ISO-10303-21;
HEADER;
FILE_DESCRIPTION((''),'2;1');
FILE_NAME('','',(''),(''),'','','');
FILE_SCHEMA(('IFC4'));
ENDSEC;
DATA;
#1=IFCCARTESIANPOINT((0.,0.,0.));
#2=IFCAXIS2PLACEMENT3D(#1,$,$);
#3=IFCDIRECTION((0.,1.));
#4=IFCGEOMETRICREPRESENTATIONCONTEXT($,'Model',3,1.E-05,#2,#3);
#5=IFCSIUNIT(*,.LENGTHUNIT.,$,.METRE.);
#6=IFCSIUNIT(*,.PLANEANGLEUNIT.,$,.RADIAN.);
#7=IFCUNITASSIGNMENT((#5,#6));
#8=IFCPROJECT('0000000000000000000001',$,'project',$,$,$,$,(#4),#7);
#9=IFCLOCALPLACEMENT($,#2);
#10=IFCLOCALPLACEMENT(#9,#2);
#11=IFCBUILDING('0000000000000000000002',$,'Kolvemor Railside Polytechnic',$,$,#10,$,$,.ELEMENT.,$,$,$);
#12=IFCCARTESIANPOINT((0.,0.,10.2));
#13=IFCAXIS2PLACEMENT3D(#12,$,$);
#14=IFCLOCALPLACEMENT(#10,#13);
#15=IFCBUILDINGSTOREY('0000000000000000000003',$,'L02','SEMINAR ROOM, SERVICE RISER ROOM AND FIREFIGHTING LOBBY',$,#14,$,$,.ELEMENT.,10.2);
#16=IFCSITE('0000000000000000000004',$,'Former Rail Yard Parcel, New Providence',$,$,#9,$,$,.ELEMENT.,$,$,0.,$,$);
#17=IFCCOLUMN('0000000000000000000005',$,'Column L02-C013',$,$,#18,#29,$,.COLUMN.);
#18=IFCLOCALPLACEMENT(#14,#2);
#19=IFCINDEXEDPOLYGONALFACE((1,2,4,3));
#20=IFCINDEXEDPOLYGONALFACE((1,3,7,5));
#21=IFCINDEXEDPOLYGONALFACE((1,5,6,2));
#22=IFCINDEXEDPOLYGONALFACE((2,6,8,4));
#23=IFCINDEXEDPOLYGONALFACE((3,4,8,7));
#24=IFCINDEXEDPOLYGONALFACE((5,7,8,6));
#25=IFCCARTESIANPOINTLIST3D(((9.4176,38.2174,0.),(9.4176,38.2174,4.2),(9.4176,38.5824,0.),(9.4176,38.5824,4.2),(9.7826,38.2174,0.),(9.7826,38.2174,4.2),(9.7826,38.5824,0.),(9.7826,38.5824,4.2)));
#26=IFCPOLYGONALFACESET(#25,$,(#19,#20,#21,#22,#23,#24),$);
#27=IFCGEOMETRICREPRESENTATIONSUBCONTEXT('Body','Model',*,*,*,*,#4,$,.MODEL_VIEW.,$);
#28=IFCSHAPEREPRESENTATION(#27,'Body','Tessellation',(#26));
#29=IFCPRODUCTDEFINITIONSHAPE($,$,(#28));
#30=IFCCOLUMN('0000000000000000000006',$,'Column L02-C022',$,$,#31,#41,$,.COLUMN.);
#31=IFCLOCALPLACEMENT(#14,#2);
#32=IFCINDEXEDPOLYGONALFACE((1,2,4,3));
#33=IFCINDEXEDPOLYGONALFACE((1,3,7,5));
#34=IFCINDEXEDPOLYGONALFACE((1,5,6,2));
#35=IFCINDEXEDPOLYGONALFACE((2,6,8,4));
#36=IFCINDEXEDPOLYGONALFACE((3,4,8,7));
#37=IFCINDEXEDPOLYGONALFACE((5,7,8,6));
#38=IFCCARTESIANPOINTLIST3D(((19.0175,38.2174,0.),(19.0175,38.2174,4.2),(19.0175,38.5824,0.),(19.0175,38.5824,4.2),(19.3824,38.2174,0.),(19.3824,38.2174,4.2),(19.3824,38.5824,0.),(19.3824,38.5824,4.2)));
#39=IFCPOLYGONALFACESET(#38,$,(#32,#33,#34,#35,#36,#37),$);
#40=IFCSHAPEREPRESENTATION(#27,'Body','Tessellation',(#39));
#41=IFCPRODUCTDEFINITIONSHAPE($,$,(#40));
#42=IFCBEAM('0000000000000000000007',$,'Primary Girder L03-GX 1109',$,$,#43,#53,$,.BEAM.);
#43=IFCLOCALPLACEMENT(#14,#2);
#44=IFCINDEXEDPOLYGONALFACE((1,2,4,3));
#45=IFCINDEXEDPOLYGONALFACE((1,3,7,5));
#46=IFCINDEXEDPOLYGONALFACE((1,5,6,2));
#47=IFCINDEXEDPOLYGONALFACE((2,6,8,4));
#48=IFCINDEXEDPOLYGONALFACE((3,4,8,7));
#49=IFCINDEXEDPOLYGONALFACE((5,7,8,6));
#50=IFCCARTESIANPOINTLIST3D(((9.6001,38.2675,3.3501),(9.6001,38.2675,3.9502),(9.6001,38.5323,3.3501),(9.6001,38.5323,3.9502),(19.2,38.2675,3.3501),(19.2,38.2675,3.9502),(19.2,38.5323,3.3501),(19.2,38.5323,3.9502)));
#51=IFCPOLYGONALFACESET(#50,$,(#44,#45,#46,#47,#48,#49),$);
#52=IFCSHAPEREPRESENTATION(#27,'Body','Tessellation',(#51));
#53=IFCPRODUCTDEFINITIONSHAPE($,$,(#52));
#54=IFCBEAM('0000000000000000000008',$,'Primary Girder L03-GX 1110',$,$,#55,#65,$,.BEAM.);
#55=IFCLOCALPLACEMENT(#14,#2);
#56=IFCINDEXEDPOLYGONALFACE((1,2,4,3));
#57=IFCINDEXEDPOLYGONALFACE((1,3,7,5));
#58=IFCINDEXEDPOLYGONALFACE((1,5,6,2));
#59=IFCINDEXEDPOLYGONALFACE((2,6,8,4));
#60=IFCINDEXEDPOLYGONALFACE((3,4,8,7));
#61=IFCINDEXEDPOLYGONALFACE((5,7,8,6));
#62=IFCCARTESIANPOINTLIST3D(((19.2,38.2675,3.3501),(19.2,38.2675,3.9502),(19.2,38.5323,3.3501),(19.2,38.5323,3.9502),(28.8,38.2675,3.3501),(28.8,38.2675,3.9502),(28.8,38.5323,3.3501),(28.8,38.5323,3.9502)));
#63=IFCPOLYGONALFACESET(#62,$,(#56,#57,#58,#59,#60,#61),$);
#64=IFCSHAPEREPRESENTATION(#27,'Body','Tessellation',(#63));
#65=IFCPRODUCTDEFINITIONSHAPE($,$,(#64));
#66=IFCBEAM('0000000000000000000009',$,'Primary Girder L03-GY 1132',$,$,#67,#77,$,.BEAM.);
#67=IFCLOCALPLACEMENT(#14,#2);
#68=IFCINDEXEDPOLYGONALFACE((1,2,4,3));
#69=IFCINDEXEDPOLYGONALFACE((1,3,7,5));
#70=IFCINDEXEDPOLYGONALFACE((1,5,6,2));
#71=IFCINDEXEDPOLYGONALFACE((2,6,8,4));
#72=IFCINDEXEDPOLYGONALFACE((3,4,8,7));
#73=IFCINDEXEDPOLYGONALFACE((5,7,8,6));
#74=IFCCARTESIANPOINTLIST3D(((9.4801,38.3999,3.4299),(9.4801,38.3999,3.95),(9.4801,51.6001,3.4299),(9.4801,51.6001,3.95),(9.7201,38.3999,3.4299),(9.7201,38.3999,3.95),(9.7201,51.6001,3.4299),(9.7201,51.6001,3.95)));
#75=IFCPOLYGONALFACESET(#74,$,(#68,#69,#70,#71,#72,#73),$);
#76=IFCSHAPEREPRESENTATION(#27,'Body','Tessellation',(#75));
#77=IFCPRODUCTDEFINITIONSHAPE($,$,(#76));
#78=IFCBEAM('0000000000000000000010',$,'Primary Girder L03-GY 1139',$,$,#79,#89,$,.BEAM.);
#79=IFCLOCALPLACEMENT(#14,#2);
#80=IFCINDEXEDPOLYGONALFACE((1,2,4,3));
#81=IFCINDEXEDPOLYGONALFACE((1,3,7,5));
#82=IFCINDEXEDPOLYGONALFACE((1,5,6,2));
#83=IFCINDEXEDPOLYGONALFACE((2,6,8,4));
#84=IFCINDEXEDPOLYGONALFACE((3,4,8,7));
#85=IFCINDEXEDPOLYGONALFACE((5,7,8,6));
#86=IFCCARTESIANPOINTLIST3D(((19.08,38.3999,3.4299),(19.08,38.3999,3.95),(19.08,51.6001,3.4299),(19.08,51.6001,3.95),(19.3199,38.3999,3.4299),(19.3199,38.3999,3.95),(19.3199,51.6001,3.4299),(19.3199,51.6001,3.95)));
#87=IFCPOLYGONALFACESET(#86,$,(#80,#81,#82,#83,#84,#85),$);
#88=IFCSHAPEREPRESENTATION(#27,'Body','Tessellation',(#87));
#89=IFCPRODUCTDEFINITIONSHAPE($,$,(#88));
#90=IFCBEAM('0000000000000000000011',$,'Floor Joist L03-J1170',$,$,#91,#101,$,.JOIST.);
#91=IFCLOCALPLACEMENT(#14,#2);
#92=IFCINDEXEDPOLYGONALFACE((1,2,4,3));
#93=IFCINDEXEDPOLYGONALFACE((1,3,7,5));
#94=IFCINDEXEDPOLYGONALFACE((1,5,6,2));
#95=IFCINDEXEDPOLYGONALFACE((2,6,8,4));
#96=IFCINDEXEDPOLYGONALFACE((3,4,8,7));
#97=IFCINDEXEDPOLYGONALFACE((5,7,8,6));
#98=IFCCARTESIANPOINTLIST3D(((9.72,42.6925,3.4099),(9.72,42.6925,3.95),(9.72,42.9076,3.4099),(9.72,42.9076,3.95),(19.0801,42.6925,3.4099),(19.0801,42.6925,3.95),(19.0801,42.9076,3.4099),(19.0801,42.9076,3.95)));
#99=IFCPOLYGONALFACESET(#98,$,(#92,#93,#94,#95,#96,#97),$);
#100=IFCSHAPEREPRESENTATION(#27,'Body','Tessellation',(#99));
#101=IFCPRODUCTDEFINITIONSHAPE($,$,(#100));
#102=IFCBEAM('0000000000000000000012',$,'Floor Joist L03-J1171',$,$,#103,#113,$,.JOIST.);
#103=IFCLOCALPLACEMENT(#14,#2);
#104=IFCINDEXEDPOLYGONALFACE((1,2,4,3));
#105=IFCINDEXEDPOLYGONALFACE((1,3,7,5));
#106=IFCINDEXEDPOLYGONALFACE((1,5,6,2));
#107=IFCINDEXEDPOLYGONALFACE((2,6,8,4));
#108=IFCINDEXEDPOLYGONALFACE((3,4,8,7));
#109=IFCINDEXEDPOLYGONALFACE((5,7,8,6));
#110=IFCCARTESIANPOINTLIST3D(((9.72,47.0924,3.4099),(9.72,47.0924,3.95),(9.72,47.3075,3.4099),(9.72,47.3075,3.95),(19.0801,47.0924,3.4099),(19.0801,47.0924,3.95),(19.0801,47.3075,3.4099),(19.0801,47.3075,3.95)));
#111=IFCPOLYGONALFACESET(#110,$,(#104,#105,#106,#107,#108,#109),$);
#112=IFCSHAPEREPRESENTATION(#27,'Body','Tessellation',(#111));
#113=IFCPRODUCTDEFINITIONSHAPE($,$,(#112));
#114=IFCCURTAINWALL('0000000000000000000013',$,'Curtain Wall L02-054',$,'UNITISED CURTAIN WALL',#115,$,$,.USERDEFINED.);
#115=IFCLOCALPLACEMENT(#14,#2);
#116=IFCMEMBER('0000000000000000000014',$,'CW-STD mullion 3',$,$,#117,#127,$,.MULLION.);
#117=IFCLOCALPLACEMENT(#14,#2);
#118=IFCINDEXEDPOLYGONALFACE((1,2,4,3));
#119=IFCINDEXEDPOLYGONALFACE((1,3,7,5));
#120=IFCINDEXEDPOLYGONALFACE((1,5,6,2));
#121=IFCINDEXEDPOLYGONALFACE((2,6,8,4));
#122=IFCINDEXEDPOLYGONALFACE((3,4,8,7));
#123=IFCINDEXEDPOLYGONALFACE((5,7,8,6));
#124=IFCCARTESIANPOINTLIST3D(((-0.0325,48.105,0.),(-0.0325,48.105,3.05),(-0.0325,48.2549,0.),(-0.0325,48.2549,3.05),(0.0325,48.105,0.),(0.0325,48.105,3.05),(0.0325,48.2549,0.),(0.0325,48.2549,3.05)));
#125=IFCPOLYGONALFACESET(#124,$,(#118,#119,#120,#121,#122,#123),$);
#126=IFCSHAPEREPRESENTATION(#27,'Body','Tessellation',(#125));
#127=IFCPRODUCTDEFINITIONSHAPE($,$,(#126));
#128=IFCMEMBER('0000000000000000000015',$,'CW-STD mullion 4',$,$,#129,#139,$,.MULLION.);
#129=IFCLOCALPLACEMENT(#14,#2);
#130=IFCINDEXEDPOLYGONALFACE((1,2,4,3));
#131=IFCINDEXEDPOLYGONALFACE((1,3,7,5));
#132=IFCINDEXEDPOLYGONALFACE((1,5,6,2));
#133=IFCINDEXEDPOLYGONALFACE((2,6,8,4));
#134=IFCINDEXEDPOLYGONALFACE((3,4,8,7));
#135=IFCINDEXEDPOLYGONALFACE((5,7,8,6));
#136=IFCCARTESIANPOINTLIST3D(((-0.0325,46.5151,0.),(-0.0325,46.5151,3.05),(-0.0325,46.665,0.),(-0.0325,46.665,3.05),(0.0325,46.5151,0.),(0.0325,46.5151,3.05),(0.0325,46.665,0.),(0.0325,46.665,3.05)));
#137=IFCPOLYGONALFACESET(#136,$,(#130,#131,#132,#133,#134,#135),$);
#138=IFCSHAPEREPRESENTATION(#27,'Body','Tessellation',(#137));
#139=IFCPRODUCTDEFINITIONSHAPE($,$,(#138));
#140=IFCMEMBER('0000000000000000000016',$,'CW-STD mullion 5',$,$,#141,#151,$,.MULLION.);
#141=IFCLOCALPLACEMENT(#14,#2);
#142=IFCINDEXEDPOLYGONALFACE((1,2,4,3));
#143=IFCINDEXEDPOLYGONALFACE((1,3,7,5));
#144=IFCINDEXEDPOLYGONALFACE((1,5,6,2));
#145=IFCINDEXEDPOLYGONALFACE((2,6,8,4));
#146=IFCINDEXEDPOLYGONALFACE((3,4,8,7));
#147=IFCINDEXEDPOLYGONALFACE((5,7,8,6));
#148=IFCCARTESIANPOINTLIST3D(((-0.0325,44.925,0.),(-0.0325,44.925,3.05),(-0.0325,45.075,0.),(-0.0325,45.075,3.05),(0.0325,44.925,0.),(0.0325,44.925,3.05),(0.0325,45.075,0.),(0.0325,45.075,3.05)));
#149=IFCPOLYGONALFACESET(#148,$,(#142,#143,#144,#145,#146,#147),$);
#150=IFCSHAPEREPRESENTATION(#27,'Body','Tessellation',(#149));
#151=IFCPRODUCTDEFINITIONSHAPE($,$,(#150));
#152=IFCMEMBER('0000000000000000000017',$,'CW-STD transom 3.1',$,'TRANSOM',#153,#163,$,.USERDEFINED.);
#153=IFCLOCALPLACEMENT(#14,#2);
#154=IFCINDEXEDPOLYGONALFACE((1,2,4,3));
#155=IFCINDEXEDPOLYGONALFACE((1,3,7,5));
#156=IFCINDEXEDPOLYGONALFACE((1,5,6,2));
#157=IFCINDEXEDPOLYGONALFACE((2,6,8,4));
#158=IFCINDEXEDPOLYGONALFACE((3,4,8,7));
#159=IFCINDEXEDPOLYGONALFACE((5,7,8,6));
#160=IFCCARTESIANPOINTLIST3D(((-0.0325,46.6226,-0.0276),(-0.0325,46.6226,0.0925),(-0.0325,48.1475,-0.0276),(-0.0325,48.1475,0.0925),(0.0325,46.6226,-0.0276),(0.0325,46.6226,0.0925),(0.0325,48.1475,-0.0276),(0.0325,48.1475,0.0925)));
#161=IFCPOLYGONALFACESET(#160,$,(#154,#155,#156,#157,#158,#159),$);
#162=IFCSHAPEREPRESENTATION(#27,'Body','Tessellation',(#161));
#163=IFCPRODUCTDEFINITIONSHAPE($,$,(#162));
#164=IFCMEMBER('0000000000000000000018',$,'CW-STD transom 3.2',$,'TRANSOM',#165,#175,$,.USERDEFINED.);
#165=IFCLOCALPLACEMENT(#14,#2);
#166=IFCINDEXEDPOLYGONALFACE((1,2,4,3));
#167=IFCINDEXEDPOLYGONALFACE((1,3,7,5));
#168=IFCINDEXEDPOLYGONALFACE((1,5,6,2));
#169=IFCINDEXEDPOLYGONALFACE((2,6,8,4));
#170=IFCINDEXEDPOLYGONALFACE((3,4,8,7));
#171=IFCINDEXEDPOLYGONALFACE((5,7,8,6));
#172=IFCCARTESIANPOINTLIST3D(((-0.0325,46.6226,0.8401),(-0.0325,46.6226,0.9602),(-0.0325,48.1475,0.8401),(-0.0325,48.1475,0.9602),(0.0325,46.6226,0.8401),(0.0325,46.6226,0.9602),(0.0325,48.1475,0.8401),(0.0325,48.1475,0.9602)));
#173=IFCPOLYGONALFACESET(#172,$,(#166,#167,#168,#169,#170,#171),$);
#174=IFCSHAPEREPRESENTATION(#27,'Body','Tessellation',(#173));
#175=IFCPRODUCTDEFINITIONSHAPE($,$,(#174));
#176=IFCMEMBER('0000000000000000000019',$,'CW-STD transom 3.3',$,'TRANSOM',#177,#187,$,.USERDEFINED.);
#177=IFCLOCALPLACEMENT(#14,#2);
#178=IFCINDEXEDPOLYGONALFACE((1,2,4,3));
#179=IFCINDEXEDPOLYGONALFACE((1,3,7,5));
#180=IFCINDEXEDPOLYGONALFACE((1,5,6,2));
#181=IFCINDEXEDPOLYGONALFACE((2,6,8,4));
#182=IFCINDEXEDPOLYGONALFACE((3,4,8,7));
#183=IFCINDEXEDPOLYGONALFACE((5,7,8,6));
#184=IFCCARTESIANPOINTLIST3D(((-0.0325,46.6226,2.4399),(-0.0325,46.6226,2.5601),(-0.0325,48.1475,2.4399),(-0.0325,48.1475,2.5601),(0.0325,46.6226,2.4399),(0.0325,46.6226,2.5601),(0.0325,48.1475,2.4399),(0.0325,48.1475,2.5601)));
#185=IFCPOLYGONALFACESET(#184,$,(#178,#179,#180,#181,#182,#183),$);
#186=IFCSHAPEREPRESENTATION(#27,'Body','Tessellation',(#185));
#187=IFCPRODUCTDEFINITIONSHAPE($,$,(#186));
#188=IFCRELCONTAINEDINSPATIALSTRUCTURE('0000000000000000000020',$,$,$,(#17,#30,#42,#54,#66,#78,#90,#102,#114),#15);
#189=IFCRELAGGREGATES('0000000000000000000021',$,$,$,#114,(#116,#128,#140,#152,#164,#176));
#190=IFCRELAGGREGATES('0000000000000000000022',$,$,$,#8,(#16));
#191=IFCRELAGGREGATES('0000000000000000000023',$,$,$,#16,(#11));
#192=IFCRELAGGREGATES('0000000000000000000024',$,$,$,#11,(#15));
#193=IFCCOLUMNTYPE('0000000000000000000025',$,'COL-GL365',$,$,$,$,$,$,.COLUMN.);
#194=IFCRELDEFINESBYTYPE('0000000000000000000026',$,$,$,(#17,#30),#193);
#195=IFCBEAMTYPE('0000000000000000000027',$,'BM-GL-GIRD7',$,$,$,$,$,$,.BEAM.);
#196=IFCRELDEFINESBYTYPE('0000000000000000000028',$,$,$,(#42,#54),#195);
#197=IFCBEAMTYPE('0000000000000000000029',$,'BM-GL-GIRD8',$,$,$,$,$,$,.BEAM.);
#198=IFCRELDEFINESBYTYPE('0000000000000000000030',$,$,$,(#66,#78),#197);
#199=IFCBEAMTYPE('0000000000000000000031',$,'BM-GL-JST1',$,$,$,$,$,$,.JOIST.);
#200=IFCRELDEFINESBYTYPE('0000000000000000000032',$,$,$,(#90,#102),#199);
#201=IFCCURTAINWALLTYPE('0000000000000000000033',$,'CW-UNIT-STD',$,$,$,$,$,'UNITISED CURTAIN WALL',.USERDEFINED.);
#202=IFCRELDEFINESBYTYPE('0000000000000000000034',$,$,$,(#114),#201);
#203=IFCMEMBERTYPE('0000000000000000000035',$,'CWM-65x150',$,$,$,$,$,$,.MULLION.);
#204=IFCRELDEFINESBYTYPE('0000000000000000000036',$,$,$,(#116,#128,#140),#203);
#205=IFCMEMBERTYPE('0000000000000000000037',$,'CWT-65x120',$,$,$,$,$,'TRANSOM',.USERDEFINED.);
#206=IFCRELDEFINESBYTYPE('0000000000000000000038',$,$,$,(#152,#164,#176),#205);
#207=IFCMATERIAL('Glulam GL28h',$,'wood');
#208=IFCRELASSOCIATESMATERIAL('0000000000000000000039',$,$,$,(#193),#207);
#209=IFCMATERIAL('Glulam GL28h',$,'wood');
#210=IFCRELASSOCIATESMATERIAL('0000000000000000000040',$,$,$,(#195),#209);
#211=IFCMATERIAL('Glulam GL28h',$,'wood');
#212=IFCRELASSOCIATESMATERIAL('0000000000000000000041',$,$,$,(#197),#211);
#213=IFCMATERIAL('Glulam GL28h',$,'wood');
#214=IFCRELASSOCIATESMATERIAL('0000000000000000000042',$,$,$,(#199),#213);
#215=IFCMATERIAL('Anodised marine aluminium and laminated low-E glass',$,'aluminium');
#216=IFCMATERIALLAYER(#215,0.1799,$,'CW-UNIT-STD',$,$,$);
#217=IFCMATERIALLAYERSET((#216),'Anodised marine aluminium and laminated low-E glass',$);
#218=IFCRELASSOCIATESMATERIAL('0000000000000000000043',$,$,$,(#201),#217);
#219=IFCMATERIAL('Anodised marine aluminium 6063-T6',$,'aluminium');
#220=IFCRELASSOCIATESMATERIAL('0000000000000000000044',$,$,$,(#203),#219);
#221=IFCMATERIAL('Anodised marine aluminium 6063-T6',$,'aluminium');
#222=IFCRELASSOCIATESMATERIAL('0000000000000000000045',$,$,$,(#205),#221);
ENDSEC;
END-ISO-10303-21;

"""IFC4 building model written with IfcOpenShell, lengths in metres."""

from ifc_helpers import new_model, si_unit, direction, frame, origin, origin_2d, place, context, subcontext, project, spatial, rectangle, extrude, material, layer, layer_set, material_profile, profile_set, type_object, element, aggregate, save


model = new_model("IFC4")

# Units and contexts
model_context = context("Model", 3, precision=1e-05, world=origin(), true_north=direction((0.0, 1.0)))
body_context = subcontext(model_context, "Body", "Model", "MODEL_VIEW")
ifc_project = project(units=[si_unit("LENGTHUNIT", "METRE"), si_unit("PLANEANGLEUNIT", "RADIAN")], contexts=[model_context])

# Site, building, storey
site_placement = place(None, origin())
site = spatial("IfcSite", under=ifc_project, at=site_placement, Name="Former Rail Yard Parcel, New Providence", CompositionType="ELEMENT", RefElevation=0.0)
building_placement = place(site_placement, origin())
building = spatial("IfcBuilding", under=site, at=building_placement, Name="Kolvemor Railside Polytechnic", CompositionType="ELEMENT")
storey_placement = place(building_placement, frame((0.0, 0.0, 10.2)))
storey = spatial("IfcBuildingStorey", under=building, at=storey_placement, Name="L02", Description="SEMINAR ROOM, SERVICE RISER ROOM AND FIREFIGHTING LOBBY", CompositionType="ELEMENT", Elevation=10.2)

# Columns
ifc_material_1 = material(Name="Glulam GL28h", Category="wood")
ifc_material_profile_1 = material_profile(ifc_material_1, rectangle(XDim=0.365, YDim=0.365, at=origin_2d()), Name="GL365x365")
ifc_profile_set_1 = profile_set([ifc_material_profile_1], Name="Glulam GL28h")
column_type = type_object("IfcColumnType", Name="COL-GL365", PredefinedType="COLUMN", material=ifc_profile_set_1)
for number, where, z_axis, x_axis, name in (
    (1, (9.6001, 38.3999, 0.0), (0.0, 0.0, 1.0), (1.0, 0.0, 0.0), "Column L02-C013"),
    (2, (19.2, 38.3999, 0.0), (0.0, 0.0, 1.0), (1.0, 0.0, 0.0), "Column L02-C022"),
):
    element("IfcColumn", number, at=place(storey_placement, frame(where, z_axis=z_axis, x_axis=x_axis)), inside=storey, type_object=column_type, Name=name, PredefinedType="COLUMN", context=body_context, shape_type="SweptSolid", body=[
        extrude(rectangle(XDim=0.365, YDim=0.365, at=origin_2d()), origin(), (0.0, 0.0, 1.0), 4.2),
    ])

# Beams
ifc_material_2 = material(Name="Glulam GL28h", Category="wood")
ifc_material_profile_2 = material_profile(ifc_material_2, rectangle(XDim=0.2649, YDim=0.6001, at=origin_2d()), Name="GL265x600")
ifc_profile_set_2 = profile_set([ifc_material_profile_2], Name="Glulam GL28h")
beam_type_1 = type_object("IfcBeamType", Name="BM-GL-GIRD7", PredefinedType="BEAM", material=ifc_profile_set_2)
beam_1_placement = place(storey_placement, frame((9.6001, 38.3999, 3.6501), z_axis=(1.0, 0.0, 0.0), x_axis=(0.0, 1.0, 0.0)))
element("IfcBeam", 3, at=beam_1_placement, inside=storey, type_object=beam_type_1, Name="Primary Girder L03-GX 1109", PredefinedType="BEAM", context=body_context, shape_type="SweptSolid", body=[
    extrude(rectangle(XDim=0.2649, YDim=0.6001, at=origin_2d()), origin(), (0.0, 0.0, 1.0), 9.5999),
])
beam_2_placement = place(storey_placement, frame((19.2, 38.3999, 3.6501), z_axis=(1.0, 0.0, 0.0), x_axis=(0.0, 1.0, 0.0)))
element("IfcBeam", 4, at=beam_2_placement, inside=storey, type_object=beam_type_1, Name="Primary Girder L03-GX 1110", PredefinedType="BEAM", context=body_context, shape_type="SweptSolid", body=[
    extrude(rectangle(XDim=0.2649, YDim=0.6001, at=origin_2d()), origin(), (0.0, 0.0, 1.0), 9.6001),
])
ifc_material_3 = material(Name="Glulam GL28h", Category="wood")
ifc_material_profile_3 = material_profile(ifc_material_3, rectangle(XDim=0.24, YDim=0.52, at=origin_2d()), Name="GL240x520")
ifc_profile_set_3 = profile_set([ifc_material_profile_3], Name="Glulam GL28h")
beam_type_2 = type_object("IfcBeamType", Name="BM-GL-GIRD8", PredefinedType="BEAM", material=ifc_profile_set_3)
for number, where, z_axis, x_axis, name in (
    (5, (9.6001, 38.3999, 3.6899), (0.0, 1.0, 0.0), (-1.0, 0.0, 0.0), "Primary Girder L03-GY 1132"),
    (6, (19.2, 38.3999, 3.6899), (0.0, 1.0, 0.0), (-1.0, 0.0, 0.0), "Primary Girder L03-GY 1139"),
):
    element("IfcBeam", number, at=place(storey_placement, frame(where, z_axis=z_axis, x_axis=x_axis)), inside=storey, type_object=beam_type_2, Name=name, PredefinedType="BEAM", context=body_context, shape_type="SweptSolid", body=[
        extrude(rectangle(XDim=0.24, YDim=0.52, at=origin_2d()), origin(), (0.0, 0.0, 1.0), 13.2002),
    ])
ifc_material_4 = material(Name="Glulam GL28h", Category="wood")
ifc_material_profile_4 = material_profile(ifc_material_4, rectangle(XDim=0.2151, YDim=0.54, at=origin_2d()), Name="GL215x540")
ifc_profile_set_4 = profile_set([ifc_material_profile_4], Name="Glulam GL28h")
beam_type_3 = type_object("IfcBeamType", Name="BM-GL-JST1", PredefinedType="JOIST", material=ifc_profile_set_4)
for number, where, z_axis, x_axis, name in (
    (7, (9.72, 42.8, 3.6799), (1.0, 0.0, 0.0), (0.0, 1.0, 0.0), "Floor Joist L03-J1170"),
    (8, (9.72, 47.2, 3.6799), (1.0, 0.0, 0.0), (0.0, 1.0, 0.0), "Floor Joist L03-J1171"),
):
    element("IfcBeam", number, at=place(storey_placement, frame(where, z_axis=z_axis, x_axis=x_axis)), inside=storey, type_object=beam_type_3, Name=name, PredefinedType="JOIST", context=body_context, shape_type="SweptSolid", body=[
        extrude(rectangle(XDim=0.2151, YDim=0.54, at=origin_2d()), origin(), (0.0, 0.0, 1.0), 9.3601),
    ])

# Curtain wall, members
ifc_material_5 = material(Name="Anodised marine aluminium and laminated low-E glass", Category="aluminium")
ifc_layer_1 = layer(ifc_material_5, 0.1799, Name="CW-UNIT-STD")
ifc_layer_set_1 = layer_set([ifc_layer_1], Name="Anodised marine aluminium and laminated low-E glass")
curtain_wall_type = type_object("IfcCurtainWallType", Name="CW-UNIT-STD", ElementType="UNITISED CURTAIN WALL", PredefinedType="USERDEFINED", material=ifc_layer_set_1)
curtain_wall_placement = place(storey_placement, origin())
curtain_wall = element("IfcCurtainWall", 9, at=curtain_wall_placement, inside=storey, type_object=curtain_wall_type, Name="Curtain Wall L02-054", ObjectType="UNITISED CURTAIN WALL", PredefinedType="USERDEFINED")
ifc_material_6 = material(Name="Anodised marine aluminium 6063-T6", Category="aluminium")
ifc_material_profile_5 = material_profile(ifc_material_6, rectangle(XDim=0.0649, YDim=0.1499, at=origin_2d()), Name="CW-MUL-65x150")
ifc_profile_set_5 = profile_set([ifc_material_profile_5], Name="Anodised marine aluminium 6063-T6")
member_type_1 = type_object("IfcMemberType", Name="CWM-65x150", PredefinedType="MULLION", material=ifc_profile_set_5)
member_1_placement = place(storey_placement, frame((0.0, 48.1799, 0.0), z_axis=(0.0, 0.0, 1.0), x_axis=(1.0, 0.0, 0.0)))
member_1 = element("IfcMember", 10, at=member_1_placement, type_object=member_type_1, Name="CW-STD mullion 3", PredefinedType="MULLION", context=body_context, shape_type="SweptSolid", body=[
    extrude(rectangle(XDim=0.0649, YDim=0.1499, at=origin_2d()), origin(), (0.0, 0.0, 1.0), 3.05),
])
member_2_placement = place(storey_placement, frame((0.0, 46.5901, 0.0), z_axis=(0.0, 0.0, 1.0), x_axis=(1.0, 0.0, 0.0)))
member_2 = element("IfcMember", 11, at=member_2_placement, type_object=member_type_1, Name="CW-STD mullion 4", PredefinedType="MULLION", context=body_context, shape_type="SweptSolid", body=[
    extrude(rectangle(XDim=0.0649, YDim=0.1499, at=origin_2d()), origin(), (0.0, 0.0, 1.0), 3.05),
])
member_3_placement = place(storey_placement, frame((0.0, 45.0, 0.0), z_axis=(0.0, 0.0, 1.0), x_axis=(1.0, 0.0, 0.0)))
member_3 = element("IfcMember", 12, at=member_3_placement, type_object=member_type_1, Name="CW-STD mullion 5", PredefinedType="MULLION", context=body_context, shape_type="SweptSolid", body=[
    extrude(rectangle(XDim=0.0649, YDim=0.1499, at=origin_2d()), origin(), (0.0, 0.0, 1.0), 3.05),
])
ifc_material_7 = material(Name="Anodised marine aluminium 6063-T6", Category="aluminium")
ifc_material_profile_6 = material_profile(ifc_material_7, rectangle(XDim=0.0649, YDim=0.1201, at=origin_2d()), Name="CW-TRN-65x120")
ifc_profile_set_6 = profile_set([ifc_material_profile_6], Name="Anodised marine aluminium 6063-T6")
member_type_2 = type_object("IfcMemberType", Name="CWT-65x120", ElementType="TRANSOM", PredefinedType="USERDEFINED", material=ifc_profile_set_6)
member_4_placement = place(storey_placement, frame((0.0, 48.1475, 0.0325), z_axis=(0.0, -1.0, 0.0), x_axis=(1.0, 0.0, 0.0)))
member_4 = element("IfcMember", 13, at=member_4_placement, type_object=member_type_2, Name="CW-STD transom 3.1", ObjectType="TRANSOM", PredefinedType="USERDEFINED", context=body_context, shape_type="SweptSolid", body=[
    extrude(rectangle(XDim=0.0649, YDim=0.1201, at=origin_2d()), origin(), (0.0, 0.0, 1.0), 1.5249),
])
member_5_placement = place(storey_placement, frame((0.0, 48.1475, 0.9001), z_axis=(0.0, -1.0, 0.0), x_axis=(1.0, 0.0, 0.0)))
member_5 = element("IfcMember", 14, at=member_5_placement, type_object=member_type_2, Name="CW-STD transom 3.2", ObjectType="TRANSOM", PredefinedType="USERDEFINED", context=body_context, shape_type="SweptSolid", body=[
    extrude(rectangle(XDim=0.0649, YDim=0.1201, at=origin_2d()), origin(), (0.0, 0.0, 1.0), 1.5249),
])
member_6_placement = place(storey_placement, frame((0.0, 48.1475, 2.5), z_axis=(0.0, -1.0, 0.0), x_axis=(1.0, 0.0, 0.0)))
member_6 = element("IfcMember", 15, at=member_6_placement, type_object=member_type_2, Name="CW-STD transom 3.3", ObjectType="TRANSOM", PredefinedType="USERDEFINED", context=body_context, shape_type="SweptSolid", body=[
    extrude(rectangle(XDim=0.0649, YDim=0.1201, at=origin_2d()), origin(), (0.0, 0.0, 1.0), 1.5249),
])
aggregate(curtain_wall, [member_1, member_2, member_3, member_4, member_5, member_6])

save(model, "model.ifc")
